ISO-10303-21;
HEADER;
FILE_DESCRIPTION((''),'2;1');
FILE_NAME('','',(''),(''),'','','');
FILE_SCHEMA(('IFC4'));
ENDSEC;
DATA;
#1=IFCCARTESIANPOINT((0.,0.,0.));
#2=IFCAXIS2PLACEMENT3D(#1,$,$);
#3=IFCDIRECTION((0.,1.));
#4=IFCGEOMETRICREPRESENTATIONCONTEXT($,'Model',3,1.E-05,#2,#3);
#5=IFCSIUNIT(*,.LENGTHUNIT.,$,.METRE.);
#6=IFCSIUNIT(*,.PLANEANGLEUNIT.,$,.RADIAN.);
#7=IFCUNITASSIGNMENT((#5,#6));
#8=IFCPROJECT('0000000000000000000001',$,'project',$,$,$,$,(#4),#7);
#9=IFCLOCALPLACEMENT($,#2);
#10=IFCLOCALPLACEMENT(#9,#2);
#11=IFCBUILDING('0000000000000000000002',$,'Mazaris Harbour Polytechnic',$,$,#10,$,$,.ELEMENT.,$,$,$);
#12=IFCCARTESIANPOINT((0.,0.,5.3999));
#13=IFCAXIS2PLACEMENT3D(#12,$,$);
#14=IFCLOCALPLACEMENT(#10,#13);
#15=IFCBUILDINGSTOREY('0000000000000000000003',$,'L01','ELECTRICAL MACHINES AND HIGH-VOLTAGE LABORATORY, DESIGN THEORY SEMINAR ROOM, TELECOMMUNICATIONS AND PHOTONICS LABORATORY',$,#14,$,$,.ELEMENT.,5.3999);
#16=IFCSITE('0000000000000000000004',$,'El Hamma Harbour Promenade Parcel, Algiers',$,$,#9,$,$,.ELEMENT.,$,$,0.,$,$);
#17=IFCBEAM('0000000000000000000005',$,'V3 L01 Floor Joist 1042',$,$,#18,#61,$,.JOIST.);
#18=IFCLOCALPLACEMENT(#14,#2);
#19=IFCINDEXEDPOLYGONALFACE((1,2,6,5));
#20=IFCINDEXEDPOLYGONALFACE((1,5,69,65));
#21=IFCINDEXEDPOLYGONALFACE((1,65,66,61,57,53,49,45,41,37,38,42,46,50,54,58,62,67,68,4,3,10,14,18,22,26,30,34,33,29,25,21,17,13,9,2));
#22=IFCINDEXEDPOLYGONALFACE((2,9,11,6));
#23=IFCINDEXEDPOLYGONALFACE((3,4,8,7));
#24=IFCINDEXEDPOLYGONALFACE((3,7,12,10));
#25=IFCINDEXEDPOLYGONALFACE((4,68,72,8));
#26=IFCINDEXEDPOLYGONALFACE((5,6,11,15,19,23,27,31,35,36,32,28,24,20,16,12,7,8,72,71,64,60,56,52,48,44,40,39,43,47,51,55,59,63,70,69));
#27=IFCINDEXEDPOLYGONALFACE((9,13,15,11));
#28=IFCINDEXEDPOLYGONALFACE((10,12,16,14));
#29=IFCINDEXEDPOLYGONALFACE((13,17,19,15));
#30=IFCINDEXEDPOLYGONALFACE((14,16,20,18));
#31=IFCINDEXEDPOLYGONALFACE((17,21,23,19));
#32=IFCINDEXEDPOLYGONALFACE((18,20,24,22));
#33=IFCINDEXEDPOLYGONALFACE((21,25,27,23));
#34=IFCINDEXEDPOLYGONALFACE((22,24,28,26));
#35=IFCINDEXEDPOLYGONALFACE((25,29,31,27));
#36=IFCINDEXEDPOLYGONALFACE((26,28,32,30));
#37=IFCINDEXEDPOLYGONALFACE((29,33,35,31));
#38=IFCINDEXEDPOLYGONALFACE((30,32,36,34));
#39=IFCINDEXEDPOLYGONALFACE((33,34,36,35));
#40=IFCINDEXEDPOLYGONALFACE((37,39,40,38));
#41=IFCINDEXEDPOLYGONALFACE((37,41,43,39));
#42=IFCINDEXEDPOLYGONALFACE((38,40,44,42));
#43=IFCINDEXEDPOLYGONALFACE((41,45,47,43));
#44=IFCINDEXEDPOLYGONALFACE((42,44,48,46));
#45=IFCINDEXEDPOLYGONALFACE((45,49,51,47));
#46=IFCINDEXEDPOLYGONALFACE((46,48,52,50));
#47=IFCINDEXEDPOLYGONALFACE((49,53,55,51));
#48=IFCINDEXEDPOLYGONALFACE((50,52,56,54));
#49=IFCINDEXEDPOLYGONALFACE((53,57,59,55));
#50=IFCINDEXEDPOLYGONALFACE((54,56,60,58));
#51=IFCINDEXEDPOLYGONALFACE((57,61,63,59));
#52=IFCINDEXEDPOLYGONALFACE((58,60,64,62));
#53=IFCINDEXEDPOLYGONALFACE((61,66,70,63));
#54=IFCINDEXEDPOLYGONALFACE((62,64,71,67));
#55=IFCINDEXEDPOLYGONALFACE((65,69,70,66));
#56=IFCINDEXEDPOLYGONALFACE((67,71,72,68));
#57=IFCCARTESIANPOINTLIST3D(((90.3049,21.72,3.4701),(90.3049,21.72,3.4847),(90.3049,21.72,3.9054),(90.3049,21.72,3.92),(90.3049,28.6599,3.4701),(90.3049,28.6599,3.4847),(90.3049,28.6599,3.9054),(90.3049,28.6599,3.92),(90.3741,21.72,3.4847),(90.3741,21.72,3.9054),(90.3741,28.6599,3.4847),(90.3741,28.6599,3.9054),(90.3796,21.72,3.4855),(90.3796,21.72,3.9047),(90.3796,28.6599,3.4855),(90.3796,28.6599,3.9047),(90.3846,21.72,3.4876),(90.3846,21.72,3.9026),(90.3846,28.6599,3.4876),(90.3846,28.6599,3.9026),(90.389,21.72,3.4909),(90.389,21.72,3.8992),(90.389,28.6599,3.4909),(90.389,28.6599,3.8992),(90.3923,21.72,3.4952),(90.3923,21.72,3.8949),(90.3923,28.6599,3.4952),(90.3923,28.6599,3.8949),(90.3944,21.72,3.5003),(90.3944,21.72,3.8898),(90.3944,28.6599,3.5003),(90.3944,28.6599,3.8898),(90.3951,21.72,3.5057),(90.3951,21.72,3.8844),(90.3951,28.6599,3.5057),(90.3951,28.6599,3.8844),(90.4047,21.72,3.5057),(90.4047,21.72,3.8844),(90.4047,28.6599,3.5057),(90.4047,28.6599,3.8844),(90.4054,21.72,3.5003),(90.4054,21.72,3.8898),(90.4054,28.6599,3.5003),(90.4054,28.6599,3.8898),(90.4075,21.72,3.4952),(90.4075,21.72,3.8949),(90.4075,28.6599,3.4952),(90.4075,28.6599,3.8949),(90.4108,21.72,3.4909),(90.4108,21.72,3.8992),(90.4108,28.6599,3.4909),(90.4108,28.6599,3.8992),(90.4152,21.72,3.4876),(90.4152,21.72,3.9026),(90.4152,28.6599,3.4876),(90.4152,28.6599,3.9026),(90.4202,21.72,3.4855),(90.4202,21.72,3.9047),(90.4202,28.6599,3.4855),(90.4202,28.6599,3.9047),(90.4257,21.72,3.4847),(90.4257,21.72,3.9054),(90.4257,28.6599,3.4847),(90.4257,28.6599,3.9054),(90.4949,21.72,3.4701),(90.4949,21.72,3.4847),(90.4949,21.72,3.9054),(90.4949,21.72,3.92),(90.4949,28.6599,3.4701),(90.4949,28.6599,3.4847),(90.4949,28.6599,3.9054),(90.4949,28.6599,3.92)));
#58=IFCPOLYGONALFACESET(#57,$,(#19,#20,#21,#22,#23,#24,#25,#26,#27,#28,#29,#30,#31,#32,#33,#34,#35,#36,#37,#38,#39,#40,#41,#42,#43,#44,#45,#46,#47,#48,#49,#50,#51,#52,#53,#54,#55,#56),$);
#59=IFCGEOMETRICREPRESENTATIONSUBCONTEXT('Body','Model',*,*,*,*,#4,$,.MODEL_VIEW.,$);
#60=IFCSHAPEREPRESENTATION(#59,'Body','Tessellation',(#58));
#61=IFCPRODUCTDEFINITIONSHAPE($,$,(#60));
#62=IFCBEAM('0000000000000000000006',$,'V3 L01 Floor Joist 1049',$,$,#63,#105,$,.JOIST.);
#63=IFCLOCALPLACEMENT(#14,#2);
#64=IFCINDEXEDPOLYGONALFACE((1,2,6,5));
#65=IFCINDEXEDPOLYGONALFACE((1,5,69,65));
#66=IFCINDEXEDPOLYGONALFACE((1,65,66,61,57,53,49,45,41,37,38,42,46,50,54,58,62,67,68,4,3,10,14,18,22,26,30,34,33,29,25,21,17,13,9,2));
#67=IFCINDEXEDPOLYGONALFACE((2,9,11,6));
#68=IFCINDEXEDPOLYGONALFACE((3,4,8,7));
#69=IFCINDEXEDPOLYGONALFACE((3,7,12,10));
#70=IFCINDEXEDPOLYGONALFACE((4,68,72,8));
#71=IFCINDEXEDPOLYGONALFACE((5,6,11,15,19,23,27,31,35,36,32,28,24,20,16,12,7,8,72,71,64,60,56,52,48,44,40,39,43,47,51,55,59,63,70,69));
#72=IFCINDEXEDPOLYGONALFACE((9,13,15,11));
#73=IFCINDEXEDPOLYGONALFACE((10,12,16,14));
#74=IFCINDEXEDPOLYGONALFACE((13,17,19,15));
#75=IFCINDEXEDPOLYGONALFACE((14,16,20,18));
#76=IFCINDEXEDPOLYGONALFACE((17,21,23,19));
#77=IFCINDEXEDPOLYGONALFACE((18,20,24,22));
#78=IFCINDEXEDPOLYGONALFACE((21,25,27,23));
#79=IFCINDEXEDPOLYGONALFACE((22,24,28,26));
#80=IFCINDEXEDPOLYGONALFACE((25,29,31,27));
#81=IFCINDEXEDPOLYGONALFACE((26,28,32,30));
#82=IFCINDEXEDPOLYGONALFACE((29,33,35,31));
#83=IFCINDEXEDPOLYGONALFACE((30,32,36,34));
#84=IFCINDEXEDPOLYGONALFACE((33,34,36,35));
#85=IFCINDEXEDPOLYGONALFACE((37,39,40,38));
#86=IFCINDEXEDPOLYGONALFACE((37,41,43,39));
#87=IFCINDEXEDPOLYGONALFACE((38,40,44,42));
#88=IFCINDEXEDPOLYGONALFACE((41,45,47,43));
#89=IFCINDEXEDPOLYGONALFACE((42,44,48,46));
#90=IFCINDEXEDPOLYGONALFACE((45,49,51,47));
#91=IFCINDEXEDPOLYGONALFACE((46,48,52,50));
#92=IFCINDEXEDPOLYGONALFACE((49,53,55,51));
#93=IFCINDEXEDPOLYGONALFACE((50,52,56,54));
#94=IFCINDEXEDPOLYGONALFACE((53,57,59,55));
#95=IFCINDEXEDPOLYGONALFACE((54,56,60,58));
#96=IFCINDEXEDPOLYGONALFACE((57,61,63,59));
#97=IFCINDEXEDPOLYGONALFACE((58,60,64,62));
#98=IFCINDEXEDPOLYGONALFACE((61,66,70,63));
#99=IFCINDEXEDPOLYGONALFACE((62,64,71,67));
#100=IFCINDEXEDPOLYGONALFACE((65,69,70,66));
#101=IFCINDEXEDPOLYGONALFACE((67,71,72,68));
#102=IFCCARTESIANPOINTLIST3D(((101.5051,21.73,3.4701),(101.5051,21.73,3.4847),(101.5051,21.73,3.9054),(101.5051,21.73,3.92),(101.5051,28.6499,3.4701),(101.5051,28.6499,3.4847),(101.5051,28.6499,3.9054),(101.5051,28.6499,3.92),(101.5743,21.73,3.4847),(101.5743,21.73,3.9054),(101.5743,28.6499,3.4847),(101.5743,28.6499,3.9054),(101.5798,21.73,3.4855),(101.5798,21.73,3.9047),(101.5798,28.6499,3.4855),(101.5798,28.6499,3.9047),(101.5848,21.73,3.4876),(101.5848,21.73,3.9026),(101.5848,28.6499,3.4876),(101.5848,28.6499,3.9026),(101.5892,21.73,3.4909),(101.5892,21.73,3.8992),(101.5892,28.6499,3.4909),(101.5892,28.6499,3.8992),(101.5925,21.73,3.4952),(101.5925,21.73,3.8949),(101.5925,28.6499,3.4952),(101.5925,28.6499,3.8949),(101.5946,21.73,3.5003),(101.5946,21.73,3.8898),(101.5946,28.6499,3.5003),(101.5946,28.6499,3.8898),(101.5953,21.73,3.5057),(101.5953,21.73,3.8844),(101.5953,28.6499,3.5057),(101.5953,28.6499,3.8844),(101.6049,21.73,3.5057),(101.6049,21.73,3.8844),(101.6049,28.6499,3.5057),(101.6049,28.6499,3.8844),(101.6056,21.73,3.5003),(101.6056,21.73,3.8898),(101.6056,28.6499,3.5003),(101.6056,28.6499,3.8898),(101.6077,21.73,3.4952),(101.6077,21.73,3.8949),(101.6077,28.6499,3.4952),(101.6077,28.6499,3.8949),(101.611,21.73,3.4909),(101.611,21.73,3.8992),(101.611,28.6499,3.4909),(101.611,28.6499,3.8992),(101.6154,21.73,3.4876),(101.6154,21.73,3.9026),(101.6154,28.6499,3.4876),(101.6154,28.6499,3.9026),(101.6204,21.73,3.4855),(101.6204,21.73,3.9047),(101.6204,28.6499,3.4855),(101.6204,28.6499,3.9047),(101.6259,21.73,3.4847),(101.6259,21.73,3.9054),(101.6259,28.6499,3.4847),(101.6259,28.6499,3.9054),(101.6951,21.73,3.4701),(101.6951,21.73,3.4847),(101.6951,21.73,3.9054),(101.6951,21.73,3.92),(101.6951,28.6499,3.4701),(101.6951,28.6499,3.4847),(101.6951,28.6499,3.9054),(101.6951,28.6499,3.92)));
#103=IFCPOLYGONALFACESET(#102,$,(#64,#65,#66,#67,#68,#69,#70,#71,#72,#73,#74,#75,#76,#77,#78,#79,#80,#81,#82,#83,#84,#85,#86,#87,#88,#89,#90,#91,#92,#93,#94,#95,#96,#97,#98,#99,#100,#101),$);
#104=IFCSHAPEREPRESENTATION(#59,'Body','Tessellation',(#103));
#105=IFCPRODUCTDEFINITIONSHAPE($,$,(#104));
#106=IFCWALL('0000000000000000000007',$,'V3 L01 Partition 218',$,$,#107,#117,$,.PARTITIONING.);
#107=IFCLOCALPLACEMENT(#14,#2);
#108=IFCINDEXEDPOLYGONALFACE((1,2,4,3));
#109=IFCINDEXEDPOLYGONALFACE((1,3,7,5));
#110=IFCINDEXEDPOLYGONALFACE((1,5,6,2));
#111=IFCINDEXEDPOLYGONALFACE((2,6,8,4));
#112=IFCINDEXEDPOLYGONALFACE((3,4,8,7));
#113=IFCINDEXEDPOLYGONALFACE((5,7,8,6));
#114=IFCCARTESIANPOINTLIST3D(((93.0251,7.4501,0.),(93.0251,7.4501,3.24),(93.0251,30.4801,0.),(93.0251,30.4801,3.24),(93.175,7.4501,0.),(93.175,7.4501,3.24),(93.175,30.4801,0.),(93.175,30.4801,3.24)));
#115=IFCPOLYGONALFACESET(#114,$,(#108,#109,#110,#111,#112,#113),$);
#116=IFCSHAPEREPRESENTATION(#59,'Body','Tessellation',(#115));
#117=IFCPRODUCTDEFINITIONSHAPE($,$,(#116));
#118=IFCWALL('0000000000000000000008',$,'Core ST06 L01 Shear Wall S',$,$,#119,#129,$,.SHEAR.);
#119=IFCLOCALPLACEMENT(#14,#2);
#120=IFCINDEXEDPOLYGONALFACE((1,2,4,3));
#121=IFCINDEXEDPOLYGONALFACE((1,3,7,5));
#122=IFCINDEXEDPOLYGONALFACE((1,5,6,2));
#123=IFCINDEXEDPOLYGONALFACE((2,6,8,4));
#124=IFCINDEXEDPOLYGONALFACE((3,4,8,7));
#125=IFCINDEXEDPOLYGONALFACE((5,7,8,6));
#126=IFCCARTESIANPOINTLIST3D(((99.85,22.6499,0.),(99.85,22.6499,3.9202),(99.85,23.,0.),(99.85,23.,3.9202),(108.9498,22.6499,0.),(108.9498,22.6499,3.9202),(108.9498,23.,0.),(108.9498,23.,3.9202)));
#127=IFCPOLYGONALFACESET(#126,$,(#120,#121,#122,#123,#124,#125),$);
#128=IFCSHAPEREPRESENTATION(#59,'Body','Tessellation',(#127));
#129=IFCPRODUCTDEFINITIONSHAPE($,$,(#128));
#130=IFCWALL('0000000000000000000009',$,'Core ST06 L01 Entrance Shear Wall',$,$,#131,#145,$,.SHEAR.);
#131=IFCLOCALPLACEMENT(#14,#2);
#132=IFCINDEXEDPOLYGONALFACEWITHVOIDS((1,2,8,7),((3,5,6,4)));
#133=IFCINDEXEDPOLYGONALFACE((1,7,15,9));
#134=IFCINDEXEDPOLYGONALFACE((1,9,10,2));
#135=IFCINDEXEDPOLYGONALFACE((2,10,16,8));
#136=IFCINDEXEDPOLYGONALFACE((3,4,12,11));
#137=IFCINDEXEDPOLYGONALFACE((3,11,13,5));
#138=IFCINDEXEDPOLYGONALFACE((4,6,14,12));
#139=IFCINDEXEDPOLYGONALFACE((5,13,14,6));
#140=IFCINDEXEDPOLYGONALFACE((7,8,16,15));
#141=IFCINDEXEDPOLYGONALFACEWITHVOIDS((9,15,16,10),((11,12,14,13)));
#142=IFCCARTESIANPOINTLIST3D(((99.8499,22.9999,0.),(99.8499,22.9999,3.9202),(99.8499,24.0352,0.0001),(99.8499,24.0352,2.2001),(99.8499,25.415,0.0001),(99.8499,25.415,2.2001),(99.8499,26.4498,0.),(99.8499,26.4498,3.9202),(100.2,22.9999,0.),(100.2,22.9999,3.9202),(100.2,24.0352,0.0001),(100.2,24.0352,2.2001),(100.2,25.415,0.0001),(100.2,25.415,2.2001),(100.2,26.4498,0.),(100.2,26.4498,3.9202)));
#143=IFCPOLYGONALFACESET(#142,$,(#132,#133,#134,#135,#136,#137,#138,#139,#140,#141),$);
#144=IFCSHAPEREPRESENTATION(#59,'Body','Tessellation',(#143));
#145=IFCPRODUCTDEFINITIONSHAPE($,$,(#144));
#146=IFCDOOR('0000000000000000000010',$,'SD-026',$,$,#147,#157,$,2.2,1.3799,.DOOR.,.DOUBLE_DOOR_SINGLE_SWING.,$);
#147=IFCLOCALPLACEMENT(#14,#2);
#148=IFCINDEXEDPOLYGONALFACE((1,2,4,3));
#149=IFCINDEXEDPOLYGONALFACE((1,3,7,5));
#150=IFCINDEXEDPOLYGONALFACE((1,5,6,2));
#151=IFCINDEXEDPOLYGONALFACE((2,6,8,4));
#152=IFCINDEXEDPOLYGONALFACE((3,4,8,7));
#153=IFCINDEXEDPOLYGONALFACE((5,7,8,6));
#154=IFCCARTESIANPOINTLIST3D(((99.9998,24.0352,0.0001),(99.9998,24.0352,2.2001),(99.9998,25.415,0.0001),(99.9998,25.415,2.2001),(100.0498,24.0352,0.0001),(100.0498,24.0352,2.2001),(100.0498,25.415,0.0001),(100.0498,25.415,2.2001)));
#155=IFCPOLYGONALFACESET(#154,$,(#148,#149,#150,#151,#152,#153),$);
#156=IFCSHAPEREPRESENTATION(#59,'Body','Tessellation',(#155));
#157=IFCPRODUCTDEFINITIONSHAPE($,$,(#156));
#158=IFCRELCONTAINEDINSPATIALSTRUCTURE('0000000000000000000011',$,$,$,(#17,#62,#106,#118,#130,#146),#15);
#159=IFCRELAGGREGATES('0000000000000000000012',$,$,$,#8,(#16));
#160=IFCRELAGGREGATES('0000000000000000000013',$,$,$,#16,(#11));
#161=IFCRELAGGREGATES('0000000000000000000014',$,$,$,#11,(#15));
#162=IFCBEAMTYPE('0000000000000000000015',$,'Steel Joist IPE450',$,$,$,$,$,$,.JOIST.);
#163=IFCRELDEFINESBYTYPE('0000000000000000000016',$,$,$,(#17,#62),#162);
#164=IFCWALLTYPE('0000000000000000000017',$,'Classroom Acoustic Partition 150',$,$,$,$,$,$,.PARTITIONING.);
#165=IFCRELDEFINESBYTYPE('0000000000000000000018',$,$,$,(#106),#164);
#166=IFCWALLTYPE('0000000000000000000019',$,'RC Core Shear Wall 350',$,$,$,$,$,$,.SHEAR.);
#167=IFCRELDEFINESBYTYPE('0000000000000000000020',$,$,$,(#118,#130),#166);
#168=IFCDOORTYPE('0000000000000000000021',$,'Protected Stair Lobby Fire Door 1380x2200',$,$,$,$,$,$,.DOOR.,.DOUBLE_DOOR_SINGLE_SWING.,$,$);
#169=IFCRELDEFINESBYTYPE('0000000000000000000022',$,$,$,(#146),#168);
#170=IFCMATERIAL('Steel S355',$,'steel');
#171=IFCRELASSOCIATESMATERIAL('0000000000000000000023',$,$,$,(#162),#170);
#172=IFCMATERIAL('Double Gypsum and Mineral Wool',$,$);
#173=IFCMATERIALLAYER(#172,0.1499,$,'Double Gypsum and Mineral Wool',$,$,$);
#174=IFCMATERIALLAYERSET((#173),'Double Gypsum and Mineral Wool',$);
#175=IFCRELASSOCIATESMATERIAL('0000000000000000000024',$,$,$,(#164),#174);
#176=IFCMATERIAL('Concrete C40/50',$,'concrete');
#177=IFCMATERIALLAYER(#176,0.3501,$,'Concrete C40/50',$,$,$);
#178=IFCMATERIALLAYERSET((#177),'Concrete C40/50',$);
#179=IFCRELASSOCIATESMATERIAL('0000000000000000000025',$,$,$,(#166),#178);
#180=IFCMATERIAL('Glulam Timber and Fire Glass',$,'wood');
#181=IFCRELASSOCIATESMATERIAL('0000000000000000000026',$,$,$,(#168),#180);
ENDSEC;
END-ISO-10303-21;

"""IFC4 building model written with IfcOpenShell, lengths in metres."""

from ifc_helpers import new_model, si_unit, direction, frame, frame_2d, origin, origin_2d, place, context, subcontext, project, spatial, rectangle, i_section, extrude, material, layer, layer_set, material_profile, profile_set, type_object, element, fill, save


model = new_model("IFC4")

# Units and contexts
model_context = context("Model", 3, precision=1e-05, world=origin(), true_north=direction((0.0, 1.0)))
body_context = subcontext(model_context, "Body", "Model", "MODEL_VIEW")
ifc_project = project(units=[si_unit("LENGTHUNIT", "METRE"), si_unit("PLANEANGLEUNIT", "RADIAN")], contexts=[model_context])

# Site, building, storey
site_placement = place(None, origin())
site = spatial("IfcSite", under=ifc_project, at=site_placement, Name="El Hamma Harbour Promenade Parcel, Algiers", CompositionType="ELEMENT", RefElevation=0.0)
building_placement = place(site_placement, origin())
building = spatial("IfcBuilding", under=site, at=building_placement, Name="Mazaris Harbour Polytechnic", CompositionType="ELEMENT")
storey_placement = place(building_placement, frame((0.0, 0.0, 5.3999)))
storey = spatial("IfcBuildingStorey", under=building, at=storey_placement, Name="L01", Description="ELECTRICAL MACHINES AND HIGH-VOLTAGE LABORATORY, DESIGN THEORY SEMINAR ROOM, TELECOMMUNICATIONS AND PHOTONICS LABORATORY", CompositionType="ELEMENT", Elevation=5.3999)

# Beams
ifc_material_1 = material(Name="Steel S355", Category="steel")
ifc_material_profile_1 = material_profile(ifc_material_1, i_section(OverallWidth=0.1899, OverallDepth=0.45, WebThickness=0.0095, FlangeThickness=0.0146, FilletRadius=0.021, at=origin_2d()), Name="IPE 450")
ifc_profile_set_1 = profile_set([ifc_material_profile_1], Name="Steel S355")
beam_type_1 = type_object("IfcBeamType", Name="Steel Joist IPE450", PredefinedType="JOIST", material=ifc_profile_set_1)
beam_1_placement = place(storey_placement, frame((90.3999, 21.72, 3.6951), z_axis=(0.0, 1.0, 0.0), x_axis=(-1.0, 0.0, 0.0)))
element("IfcBeam", 1, at=beam_1_placement, inside=storey, type_object=beam_type_1, Name="V3 L01 Floor Joist 1042", PredefinedType="JOIST", context=body_context, shape_type="SweptSolid", body=[
    extrude(i_section(OverallWidth=0.1899, OverallDepth=0.45, WebThickness=0.0095, FlangeThickness=0.0146, FilletRadius=0.021, at=origin_2d()), origin(), (0.0, 0.0, 1.0), 6.9399),
])
beam_2_placement = place(storey_placement, frame((101.6001, 21.73, 3.6951), z_axis=(0.0, 1.0, 0.0), x_axis=(-1.0, 0.0, 0.0)))
element("IfcBeam", 2, at=beam_2_placement, inside=storey, type_object=beam_type_1, Name="V3 L01 Floor Joist 1049", PredefinedType="JOIST", context=body_context, shape_type="SweptSolid", body=[
    extrude(i_section(OverallWidth=0.1899, OverallDepth=0.45, WebThickness=0.0095, FlangeThickness=0.0146, FilletRadius=0.021, at=origin_2d()), origin(), (0.0, 0.0, 1.0), 6.9199),
])

# Walls
ifc_material_2 = material(Name="Double Gypsum and Mineral Wool")
ifc_layer_1 = layer(ifc_material_2, 0.1499, Name="Double Gypsum and Mineral Wool")
ifc_layer_set_1 = layer_set([ifc_layer_1], Name="Double Gypsum and Mineral Wool")
wall_type_1 = type_object("IfcWallType", Name="Classroom Acoustic Partition 150", PredefinedType="PARTITIONING", material=ifc_layer_set_1)
wall_1_placement = place(storey_placement, frame((93.1001, 7.45, 0.0), z_axis=(0.0, 0.0, 1.0), x_axis=(0.0, 1.0, 0.0)))
element("IfcWall", 3, at=wall_1_placement, inside=storey, type_object=wall_type_1, Name="V3 L01 Partition 218", PredefinedType="PARTITIONING", context=body_context, shape_type="SweptSolid", body=[
    extrude(rectangle(XDim=23.03, YDim=0.1499, at=frame_2d((11.5151, 0.0))), origin(), (0.0, 0.0, 1.0), 3.24),
])
ifc_material_3 = material(Name="Concrete C40/50", Category="concrete")
ifc_layer_2 = layer(ifc_material_3, 0.3501, Name="Concrete C40/50")
ifc_layer_set_2 = layer_set([ifc_layer_2], Name="Concrete C40/50")
wall_type_2 = type_object("IfcWallType", Name="RC Core Shear Wall 350", PredefinedType="SHEAR", material=ifc_layer_set_2)
wall_2_placement = place(storey_placement, frame((99.8501, 22.825, 0.0), z_axis=(0.0, 0.0, 1.0), x_axis=(1.0, 0.0, 0.0)))
element("IfcWall", 4, at=wall_2_placement, inside=storey, type_object=wall_type_2, Name="Core ST06 L01 Shear Wall S", PredefinedType="SHEAR", context=body_context, shape_type="SweptSolid", body=[
    extrude(rectangle(XDim=9.0999, YDim=0.3501, at=frame_2d((4.5498, 0.0))), origin(), (0.0, 0.0, 1.0), 3.9202),
])

# Wall, opening, door
wall_3_placement = place(storey_placement, frame((100.0249, 26.45, 0.0), z_axis=(0.0, 0.0, 1.0), x_axis=(0.0, -1.0, 0.0)))
wall_3 = element("IfcWall", 5, at=wall_3_placement, inside=storey, type_object=wall_type_2, Name="Core ST06 L01 Entrance Shear Wall", PredefinedType="SHEAR", context=body_context, shape_type="SweptSolid", body=[
    extrude(rectangle(XDim=3.45, YDim=0.3501, at=frame_2d((1.7251, 0.0))), origin(), (0.0, 0.0, 1.0), 3.9202),
])
opening_placement = place(wall_3_placement, frame((1.0349, 0.0, 0.0)))
opening = element("IfcOpeningElement", 6, at=opening_placement, cuts=wall_3, PredefinedType="OPENING", context=body_context, shape_type="SweptSolid", body=[
    extrude(rectangle(XDim=1.3799, YDim=2.2, at=frame_2d((0.6899, 1.1001))), frame((0.0, 0.1851, 0.0), z_axis=(0.0, -1.0, 0.0), x_axis=(1.0, 0.0, 0.0)), (0.0, 0.0, 1.0), 0.3701),
])
ifc_material_4 = material(Name="Glulam Timber and Fire Glass", Category="wood")
door_type = type_object("IfcDoorType", Name="Protected Stair Lobby Fire Door 1380x2200", OperationType="DOUBLE_DOOR_SINGLE_SWING", PredefinedType="DOOR", material=ifc_material_4)
door_placement = place(opening_placement, origin())
door = element("IfcDoor", 7, at=door_placement, inside=storey, type_object=door_type, Name="SD-026", OperationType="DOUBLE_DOOR_SINGLE_SWING", OverallHeight=2.2, OverallWidth=1.3799, PredefinedType="DOOR", context=body_context, shape_type="SweptSolid", body=[
    extrude(rectangle(XDim=1.3799, YDim=2.2, at=frame_2d((0.6899, 1.1001))), frame((0.0, 0.0249, 0.0), z_axis=(0.0, -1.0, 0.0), x_axis=(1.0, 0.0, 0.0)), (0.0, 0.0, 1.0), 0.05),
])
fill(opening, door)

save(model, "model.ifc")
